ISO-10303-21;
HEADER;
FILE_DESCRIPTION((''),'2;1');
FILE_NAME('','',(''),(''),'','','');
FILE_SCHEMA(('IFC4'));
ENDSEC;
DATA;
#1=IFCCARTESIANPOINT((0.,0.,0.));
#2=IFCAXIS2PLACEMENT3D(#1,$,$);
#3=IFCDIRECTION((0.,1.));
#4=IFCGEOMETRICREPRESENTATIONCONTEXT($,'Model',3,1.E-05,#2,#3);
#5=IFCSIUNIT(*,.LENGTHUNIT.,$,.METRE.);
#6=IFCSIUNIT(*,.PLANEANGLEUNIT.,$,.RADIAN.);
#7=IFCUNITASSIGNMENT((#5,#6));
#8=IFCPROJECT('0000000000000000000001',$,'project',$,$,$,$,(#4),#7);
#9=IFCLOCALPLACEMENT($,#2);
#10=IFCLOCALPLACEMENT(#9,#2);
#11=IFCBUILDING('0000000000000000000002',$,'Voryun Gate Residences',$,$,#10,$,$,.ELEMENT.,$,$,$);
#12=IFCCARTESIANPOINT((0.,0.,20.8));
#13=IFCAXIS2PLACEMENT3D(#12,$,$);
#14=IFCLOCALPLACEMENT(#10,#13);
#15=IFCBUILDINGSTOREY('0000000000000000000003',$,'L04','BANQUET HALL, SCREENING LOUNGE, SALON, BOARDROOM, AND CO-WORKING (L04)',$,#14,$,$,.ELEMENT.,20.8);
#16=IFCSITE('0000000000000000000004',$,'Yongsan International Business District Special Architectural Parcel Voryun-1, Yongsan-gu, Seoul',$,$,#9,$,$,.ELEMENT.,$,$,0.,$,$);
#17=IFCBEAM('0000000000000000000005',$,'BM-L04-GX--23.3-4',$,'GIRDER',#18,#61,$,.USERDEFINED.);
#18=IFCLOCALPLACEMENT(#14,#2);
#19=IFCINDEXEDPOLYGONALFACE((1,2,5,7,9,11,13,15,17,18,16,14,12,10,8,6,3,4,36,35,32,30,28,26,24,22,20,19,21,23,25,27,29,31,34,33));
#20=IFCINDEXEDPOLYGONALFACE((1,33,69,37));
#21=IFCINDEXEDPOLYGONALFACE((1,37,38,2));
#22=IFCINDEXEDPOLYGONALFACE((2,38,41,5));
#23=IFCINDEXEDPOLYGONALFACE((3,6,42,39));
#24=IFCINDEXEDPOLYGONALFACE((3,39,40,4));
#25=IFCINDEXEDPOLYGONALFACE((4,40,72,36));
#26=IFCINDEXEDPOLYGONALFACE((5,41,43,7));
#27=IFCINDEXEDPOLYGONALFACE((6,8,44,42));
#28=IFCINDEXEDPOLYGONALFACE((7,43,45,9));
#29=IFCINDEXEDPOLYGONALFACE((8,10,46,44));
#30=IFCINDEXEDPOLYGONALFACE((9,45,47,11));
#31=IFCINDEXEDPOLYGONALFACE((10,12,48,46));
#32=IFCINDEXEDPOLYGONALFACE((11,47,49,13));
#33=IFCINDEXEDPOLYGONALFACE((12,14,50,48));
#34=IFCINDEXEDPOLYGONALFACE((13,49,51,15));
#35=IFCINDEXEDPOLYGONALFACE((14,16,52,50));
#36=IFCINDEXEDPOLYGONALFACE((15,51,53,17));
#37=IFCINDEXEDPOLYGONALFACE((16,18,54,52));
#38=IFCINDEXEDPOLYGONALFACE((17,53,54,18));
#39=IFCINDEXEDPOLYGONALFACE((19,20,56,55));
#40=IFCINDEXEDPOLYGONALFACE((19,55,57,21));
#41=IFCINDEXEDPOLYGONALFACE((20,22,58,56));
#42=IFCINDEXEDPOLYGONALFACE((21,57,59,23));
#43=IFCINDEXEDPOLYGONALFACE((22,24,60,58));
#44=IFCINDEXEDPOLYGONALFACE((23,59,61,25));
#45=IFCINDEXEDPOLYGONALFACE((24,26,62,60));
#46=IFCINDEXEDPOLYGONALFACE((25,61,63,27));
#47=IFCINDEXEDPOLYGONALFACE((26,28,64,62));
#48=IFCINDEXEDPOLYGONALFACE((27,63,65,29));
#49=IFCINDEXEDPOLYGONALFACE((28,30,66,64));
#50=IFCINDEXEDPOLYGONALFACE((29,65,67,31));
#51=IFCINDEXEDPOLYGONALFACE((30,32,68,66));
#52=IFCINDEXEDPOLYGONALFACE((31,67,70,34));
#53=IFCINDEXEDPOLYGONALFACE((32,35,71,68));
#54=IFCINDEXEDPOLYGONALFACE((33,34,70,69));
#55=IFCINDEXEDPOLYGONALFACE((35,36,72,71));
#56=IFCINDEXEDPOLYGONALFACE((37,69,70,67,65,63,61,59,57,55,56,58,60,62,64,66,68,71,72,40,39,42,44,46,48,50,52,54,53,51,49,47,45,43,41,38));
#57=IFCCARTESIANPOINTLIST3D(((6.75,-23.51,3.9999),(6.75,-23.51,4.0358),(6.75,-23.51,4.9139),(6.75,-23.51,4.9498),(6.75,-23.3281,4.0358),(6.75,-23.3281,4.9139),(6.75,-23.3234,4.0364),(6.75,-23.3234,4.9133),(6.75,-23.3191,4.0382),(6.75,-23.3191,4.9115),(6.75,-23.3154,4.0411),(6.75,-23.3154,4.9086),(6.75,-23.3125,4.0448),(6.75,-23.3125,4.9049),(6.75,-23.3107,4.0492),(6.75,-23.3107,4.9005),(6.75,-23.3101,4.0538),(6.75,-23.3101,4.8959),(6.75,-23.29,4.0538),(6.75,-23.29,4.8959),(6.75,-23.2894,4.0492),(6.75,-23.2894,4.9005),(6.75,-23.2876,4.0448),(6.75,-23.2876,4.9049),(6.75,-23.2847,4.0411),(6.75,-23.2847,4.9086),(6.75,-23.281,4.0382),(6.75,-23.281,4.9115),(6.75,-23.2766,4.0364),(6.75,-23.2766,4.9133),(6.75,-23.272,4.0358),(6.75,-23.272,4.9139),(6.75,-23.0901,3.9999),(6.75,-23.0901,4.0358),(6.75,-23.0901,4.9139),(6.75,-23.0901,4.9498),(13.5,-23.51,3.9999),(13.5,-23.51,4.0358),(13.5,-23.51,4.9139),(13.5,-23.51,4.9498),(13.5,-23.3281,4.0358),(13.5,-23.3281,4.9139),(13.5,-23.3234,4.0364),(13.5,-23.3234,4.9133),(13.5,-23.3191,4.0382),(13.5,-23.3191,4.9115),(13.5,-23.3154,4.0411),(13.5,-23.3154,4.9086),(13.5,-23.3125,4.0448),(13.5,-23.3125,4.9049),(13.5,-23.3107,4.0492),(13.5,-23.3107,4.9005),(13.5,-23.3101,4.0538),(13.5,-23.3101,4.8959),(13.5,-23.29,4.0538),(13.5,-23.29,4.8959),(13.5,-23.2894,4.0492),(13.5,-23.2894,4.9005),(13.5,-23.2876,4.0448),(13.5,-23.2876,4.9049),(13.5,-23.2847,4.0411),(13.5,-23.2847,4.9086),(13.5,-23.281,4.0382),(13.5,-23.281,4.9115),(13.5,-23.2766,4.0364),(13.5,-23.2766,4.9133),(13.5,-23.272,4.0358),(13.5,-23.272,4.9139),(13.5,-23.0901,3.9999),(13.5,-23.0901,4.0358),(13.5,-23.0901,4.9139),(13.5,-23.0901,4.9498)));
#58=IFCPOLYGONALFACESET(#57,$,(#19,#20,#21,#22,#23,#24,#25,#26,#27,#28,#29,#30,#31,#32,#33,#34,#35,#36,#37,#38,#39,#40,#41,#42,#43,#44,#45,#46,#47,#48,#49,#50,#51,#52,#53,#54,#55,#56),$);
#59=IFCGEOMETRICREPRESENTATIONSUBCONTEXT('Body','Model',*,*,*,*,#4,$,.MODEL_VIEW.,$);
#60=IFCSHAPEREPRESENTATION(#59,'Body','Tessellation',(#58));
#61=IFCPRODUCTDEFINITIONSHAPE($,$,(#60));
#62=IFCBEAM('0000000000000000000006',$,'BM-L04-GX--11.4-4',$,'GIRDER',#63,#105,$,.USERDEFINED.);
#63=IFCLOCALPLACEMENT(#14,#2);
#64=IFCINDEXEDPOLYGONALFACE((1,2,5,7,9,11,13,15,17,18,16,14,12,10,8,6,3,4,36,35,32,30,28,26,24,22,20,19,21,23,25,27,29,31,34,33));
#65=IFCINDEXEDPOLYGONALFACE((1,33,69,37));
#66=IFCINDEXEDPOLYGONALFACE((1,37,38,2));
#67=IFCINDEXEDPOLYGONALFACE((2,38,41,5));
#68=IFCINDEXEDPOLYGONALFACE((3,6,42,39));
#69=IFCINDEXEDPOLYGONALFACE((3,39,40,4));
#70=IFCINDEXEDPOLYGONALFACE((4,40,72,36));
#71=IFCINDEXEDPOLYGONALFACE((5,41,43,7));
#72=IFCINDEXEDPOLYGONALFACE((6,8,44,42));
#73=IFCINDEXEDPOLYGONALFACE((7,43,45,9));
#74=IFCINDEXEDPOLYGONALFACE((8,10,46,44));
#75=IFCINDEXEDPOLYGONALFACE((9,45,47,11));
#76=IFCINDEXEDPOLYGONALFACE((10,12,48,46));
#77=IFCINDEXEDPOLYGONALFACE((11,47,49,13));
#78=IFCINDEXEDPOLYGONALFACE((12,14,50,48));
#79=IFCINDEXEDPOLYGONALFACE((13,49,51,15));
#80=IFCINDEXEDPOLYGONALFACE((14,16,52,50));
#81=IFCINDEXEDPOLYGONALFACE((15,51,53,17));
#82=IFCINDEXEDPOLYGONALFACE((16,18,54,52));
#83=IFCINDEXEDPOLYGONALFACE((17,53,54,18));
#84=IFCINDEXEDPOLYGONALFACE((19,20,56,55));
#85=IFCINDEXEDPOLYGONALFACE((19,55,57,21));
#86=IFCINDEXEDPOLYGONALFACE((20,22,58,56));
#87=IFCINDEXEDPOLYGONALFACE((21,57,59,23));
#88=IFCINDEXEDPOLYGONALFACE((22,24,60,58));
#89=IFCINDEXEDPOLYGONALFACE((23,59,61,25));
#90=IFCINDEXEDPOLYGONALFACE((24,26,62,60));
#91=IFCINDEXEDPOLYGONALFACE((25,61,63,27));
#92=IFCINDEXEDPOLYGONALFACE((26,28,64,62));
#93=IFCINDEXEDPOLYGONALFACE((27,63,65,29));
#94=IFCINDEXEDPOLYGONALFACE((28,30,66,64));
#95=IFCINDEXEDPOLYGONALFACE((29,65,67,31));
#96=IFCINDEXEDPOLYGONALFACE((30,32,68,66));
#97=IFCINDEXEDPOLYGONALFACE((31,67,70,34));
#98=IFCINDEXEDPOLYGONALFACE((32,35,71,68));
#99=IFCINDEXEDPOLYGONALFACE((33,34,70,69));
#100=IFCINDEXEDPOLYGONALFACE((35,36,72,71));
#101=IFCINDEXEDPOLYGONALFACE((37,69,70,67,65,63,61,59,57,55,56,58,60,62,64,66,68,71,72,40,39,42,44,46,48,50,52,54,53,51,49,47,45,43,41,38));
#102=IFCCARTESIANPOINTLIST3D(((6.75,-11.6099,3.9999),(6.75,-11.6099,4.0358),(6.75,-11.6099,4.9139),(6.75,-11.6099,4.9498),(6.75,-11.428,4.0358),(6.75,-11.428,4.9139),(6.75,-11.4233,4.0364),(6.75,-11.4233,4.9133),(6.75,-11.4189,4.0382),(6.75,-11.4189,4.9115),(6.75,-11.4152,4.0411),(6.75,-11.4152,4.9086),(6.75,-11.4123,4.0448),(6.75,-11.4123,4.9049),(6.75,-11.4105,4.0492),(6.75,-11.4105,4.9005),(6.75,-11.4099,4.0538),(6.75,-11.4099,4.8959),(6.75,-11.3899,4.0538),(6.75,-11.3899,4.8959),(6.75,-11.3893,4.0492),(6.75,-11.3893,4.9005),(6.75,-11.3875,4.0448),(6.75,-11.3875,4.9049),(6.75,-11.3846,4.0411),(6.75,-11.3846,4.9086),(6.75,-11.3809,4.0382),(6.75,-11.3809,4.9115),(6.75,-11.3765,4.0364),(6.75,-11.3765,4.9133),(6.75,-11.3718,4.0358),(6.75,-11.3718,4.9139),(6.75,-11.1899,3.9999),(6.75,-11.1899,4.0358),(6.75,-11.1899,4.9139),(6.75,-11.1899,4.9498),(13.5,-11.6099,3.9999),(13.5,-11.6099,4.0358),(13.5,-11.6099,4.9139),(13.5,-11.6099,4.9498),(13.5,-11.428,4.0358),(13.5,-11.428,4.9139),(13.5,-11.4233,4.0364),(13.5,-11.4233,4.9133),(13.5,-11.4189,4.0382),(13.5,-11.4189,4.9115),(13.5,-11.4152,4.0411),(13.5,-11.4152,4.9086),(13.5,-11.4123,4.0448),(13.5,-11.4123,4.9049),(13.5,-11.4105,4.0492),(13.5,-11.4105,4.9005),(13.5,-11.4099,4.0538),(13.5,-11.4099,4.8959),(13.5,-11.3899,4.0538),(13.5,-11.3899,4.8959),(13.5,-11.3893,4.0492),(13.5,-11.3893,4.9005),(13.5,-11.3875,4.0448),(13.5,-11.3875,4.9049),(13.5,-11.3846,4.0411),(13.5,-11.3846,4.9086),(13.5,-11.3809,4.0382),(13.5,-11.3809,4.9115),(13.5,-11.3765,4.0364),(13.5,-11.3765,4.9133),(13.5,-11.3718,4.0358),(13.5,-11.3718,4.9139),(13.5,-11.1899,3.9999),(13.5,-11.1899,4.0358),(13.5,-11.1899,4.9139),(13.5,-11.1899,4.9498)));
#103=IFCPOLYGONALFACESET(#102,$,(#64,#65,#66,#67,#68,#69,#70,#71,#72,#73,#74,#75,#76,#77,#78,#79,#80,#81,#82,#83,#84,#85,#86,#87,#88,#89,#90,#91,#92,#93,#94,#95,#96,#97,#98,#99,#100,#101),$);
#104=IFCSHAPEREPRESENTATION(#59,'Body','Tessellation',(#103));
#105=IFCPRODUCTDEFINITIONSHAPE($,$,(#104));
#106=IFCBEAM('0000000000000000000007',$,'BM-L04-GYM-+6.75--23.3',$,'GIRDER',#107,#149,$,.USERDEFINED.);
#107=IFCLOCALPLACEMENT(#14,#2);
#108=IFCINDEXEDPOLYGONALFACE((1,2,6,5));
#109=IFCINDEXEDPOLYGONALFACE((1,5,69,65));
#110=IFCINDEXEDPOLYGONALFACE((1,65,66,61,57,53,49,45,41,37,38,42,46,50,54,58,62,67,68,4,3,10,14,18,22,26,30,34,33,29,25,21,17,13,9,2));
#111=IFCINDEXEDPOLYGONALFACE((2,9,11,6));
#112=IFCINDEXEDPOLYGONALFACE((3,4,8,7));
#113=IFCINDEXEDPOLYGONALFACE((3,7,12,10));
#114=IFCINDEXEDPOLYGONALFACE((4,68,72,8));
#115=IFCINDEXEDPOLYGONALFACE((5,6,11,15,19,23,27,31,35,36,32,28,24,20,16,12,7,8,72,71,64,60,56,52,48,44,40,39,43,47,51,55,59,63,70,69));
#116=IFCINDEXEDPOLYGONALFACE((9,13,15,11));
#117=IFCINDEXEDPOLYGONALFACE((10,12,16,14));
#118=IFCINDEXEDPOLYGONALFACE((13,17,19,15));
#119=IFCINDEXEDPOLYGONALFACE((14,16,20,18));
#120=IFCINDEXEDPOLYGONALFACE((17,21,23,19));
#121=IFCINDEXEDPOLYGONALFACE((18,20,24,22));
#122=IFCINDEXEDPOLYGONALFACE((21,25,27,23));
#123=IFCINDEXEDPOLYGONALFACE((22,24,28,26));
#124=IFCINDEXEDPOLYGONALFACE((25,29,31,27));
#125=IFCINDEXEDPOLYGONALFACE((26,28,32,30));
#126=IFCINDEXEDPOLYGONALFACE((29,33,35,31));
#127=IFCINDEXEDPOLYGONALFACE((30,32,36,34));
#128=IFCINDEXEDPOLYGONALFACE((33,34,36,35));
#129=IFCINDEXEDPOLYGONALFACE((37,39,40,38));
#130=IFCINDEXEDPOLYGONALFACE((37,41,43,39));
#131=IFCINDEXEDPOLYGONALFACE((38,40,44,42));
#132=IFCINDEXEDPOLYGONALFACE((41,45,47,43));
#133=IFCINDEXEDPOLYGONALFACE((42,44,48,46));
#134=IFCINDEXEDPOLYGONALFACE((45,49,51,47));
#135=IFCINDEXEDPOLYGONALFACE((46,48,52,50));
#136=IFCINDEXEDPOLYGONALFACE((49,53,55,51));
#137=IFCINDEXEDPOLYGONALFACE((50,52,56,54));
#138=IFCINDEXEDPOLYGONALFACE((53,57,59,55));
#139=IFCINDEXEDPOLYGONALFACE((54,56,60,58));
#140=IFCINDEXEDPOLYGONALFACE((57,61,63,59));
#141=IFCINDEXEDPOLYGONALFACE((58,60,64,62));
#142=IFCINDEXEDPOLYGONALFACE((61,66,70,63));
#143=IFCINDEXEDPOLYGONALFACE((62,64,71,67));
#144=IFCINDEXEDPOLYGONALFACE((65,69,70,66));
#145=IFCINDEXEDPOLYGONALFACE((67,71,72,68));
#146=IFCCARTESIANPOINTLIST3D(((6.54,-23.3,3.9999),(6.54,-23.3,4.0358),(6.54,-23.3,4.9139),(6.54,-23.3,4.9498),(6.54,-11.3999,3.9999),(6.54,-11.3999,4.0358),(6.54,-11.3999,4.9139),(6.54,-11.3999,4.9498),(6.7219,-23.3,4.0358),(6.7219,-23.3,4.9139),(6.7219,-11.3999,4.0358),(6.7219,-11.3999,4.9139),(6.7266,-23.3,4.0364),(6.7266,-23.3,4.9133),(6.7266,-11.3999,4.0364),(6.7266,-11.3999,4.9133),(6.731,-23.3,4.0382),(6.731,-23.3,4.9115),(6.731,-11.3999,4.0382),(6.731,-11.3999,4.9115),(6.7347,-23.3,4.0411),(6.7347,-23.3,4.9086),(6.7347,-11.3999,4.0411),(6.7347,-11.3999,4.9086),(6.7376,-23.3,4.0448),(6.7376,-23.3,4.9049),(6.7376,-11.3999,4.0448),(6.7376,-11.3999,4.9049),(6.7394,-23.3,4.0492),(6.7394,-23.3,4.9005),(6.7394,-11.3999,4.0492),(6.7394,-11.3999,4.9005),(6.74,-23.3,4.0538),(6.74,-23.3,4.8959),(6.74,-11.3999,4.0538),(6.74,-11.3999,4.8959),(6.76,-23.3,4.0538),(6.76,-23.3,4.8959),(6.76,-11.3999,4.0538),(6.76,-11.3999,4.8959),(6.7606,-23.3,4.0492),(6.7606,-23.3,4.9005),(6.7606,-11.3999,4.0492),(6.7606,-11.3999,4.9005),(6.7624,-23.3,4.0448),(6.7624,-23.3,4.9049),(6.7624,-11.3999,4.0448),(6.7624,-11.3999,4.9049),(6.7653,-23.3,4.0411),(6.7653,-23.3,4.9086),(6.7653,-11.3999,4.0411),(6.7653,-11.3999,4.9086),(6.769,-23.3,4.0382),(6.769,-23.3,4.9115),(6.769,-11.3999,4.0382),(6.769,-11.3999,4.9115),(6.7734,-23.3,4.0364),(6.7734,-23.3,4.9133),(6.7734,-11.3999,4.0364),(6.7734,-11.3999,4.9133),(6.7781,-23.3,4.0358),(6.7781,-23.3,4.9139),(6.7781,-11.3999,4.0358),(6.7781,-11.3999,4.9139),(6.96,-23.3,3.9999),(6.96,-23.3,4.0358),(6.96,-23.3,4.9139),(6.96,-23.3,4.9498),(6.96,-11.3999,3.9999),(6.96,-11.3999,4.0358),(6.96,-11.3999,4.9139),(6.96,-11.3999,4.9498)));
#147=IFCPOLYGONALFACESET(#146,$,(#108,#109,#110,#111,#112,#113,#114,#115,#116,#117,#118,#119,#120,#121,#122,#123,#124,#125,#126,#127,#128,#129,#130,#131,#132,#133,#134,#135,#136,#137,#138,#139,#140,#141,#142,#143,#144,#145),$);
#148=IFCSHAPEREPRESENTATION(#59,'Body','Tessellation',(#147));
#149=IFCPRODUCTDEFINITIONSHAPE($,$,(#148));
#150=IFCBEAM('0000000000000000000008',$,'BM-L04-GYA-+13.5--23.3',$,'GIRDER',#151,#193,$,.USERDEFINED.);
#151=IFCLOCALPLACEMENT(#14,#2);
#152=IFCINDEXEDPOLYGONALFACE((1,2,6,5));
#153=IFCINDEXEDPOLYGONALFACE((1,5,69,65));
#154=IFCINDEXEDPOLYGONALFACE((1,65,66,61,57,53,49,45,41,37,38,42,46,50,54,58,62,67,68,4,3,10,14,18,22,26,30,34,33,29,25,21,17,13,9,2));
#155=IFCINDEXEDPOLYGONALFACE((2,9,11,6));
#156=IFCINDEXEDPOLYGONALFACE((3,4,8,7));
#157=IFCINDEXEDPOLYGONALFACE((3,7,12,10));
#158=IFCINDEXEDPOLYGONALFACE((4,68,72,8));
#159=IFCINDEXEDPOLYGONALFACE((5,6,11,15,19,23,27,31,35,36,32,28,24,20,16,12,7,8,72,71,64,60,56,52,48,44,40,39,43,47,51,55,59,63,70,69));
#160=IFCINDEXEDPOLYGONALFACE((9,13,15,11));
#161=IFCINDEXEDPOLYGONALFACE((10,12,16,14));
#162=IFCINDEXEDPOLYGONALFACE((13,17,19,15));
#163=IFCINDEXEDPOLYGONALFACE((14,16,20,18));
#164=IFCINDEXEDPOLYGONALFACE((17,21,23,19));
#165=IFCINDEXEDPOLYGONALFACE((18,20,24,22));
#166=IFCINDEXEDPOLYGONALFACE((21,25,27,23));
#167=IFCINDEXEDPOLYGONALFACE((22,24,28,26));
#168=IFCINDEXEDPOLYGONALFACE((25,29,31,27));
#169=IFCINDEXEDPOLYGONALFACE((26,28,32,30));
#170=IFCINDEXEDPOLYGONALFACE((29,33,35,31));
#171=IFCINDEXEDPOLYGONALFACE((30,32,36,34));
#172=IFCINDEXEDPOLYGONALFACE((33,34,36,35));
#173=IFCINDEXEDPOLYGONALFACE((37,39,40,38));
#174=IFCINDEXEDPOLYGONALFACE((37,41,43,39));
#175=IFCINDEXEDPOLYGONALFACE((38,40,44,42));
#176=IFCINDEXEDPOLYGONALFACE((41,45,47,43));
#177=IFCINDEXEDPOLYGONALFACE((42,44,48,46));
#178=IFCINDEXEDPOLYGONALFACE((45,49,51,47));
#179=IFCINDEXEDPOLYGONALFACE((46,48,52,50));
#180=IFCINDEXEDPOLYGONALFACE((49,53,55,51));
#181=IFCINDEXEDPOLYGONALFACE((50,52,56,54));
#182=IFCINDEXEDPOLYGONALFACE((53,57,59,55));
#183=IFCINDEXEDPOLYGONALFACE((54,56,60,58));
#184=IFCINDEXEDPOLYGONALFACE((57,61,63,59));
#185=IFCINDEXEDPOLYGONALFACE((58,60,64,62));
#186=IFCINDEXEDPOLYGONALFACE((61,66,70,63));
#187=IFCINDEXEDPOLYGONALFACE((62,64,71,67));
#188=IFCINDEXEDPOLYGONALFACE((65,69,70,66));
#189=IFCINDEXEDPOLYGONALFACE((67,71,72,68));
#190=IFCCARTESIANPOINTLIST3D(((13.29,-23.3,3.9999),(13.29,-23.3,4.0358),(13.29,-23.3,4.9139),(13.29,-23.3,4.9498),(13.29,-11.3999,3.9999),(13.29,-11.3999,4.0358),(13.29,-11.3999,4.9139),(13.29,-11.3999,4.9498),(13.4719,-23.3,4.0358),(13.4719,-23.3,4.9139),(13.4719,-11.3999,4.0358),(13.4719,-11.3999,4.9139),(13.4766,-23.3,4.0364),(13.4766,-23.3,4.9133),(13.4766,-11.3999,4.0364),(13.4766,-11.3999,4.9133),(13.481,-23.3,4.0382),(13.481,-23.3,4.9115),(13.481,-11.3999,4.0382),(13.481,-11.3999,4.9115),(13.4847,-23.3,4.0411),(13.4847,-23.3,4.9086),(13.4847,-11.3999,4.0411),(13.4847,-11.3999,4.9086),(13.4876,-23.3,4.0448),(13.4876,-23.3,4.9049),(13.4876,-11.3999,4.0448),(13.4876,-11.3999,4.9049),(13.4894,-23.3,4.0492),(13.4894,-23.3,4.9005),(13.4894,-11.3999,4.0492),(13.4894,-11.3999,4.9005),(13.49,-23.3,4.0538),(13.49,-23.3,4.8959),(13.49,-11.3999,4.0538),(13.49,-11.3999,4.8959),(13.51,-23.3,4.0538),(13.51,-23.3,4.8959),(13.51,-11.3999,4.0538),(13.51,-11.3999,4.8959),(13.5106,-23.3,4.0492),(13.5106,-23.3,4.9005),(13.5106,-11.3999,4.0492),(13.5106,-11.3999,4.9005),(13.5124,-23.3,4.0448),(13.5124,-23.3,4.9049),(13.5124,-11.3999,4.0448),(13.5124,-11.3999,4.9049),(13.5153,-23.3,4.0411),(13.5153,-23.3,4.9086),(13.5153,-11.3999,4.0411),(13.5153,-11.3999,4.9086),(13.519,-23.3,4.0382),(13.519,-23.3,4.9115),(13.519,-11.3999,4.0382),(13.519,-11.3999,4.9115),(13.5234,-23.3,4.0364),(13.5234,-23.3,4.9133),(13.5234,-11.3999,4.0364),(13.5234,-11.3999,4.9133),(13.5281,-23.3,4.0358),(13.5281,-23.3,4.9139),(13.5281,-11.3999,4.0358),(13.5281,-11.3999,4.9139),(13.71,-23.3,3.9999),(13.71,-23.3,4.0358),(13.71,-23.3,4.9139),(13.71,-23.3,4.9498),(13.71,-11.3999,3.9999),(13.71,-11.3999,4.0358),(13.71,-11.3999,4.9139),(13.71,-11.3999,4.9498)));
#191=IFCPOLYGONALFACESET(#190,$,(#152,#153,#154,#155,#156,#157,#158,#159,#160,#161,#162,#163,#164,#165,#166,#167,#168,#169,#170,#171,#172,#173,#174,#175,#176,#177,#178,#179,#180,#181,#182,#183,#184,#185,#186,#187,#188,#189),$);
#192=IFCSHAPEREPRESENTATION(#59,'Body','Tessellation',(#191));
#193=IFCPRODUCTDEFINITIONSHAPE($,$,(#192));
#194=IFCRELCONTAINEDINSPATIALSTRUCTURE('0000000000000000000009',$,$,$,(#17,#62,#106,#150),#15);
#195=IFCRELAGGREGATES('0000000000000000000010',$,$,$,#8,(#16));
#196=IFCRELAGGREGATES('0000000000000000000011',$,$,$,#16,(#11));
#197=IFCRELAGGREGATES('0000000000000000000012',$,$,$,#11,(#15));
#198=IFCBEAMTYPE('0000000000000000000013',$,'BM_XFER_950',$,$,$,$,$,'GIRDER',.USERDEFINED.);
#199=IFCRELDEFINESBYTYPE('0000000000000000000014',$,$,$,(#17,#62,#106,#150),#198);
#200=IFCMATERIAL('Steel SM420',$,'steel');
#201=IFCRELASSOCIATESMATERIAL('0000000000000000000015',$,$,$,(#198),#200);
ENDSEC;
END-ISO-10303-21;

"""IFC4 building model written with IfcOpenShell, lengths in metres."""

from ifc_helpers import new_model, si_unit, direction, frame, origin, origin_2d, place, context, subcontext, project, spatial, i_section, extrude, material, material_profile, profile_set, type_object, element, save


model = new_model("IFC4")

# Units and contexts
model_context = context("Model", 3, precision=1e-05, world=origin(), true_north=direction((0.0, 1.0)))
body_context = subcontext(model_context, "Body", "Model", "MODEL_VIEW")
ifc_project = project(units=[si_unit("LENGTHUNIT", "METRE"), si_unit("PLANEANGLEUNIT", "RADIAN")], contexts=[model_context])

# Site, building, storey
site_placement = place(None, origin())
site = spatial("IfcSite", under=ifc_project, at=site_placement, Name="Yongsan International Business District Special Architectural Parcel Voryun-1, Yongsan-gu, Seoul", CompositionType="ELEMENT", RefElevation=0.0)
building_placement = place(site_placement, origin())
building = spatial("IfcBuilding", under=site, at=building_placement, Name="Voryun Gate Residences", CompositionType="ELEMENT")
storey_placement = place(building_placement, frame((0.0, 0.0, 20.8)))
storey = spatial("IfcBuildingStorey", under=building, at=storey_placement, Name="L04", Description="BANQUET HALL, SCREENING LOUNGE, SALON, BOARDROOM, AND CO-WORKING (L04)", CompositionType="ELEMENT", Elevation=20.8)

# Beams
ifc_material_1 = material(Name="Steel SM420", Category="steel")
ifc_material_profile_1 = material_profile(ifc_material_1, i_section(OverallWidth=0.4199, OverallDepth=0.95, WebThickness=0.02, FlangeThickness=0.0359, FilletRadius=0.0181, at=origin_2d()), Name="H-950x420x20x36")
ifc_profile_set_1 = profile_set([ifc_material_profile_1], Name="Steel SM420")
beam_type_1 = type_object("IfcBeamType", Name="BM_XFER_950", ElementType="GIRDER", PredefinedType="USERDEFINED", material=ifc_profile_set_1)
for number, where, z_axis, x_axis, name in (
    (1, (6.75, -23.3, 4.4749), (1.0, 0.0, 0.0), (0.0, 1.0, 0.0), "BM-L04-GX--23.3-4"),
    (2, (6.75, -11.3999, 4.4749), (1.0, 0.0, 0.0), (0.0, 1.0, 0.0), "BM-L04-GX--11.4-4"),
):
    element("IfcBeam", number, at=place(storey_placement, frame(where, z_axis=z_axis, x_axis=x_axis)), inside=storey, type_object=beam_type_1, Name=name, ObjectType="GIRDER", PredefinedType="USERDEFINED", context=body_context, shape_type="SweptSolid", body=[
        extrude(i_section(OverallWidth=0.4199, OverallDepth=0.95, WebThickness=0.02, FlangeThickness=0.0359, FilletRadius=0.0181, at=origin_2d()), origin(), (0.0, 0.0, 1.0), 6.75),
    ])
for number, where, z_axis, x_axis, name in (
    (3, (6.75, -23.3, 4.4749), (0.0, 1.0, 0.0), (-1.0, 0.0, 0.0), "BM-L04-GYM-+6.75--23.3"),
    (4, (13.5, -23.3, 4.4749), (0.0, 1.0, 0.0), (-1.0, 0.0, 0.0), "BM-L04-GYA-+13.5--23.3"),
):
    element("IfcBeam", number, at=place(storey_placement, frame(where, z_axis=z_axis, x_axis=x_axis)), inside=storey, type_object=beam_type_1, Name=name, ObjectType="GIRDER", PredefinedType="USERDEFINED", context=body_context, shape_type="SweptSolid", body=[
        extrude(i_section(OverallWidth=0.4199, OverallDepth=0.95, WebThickness=0.02, FlangeThickness=0.0359, FilletRadius=0.0181, at=origin_2d()), origin(), (0.0, 0.0, 1.0), 11.9001),
    ])

save(model, "model.ifc")
